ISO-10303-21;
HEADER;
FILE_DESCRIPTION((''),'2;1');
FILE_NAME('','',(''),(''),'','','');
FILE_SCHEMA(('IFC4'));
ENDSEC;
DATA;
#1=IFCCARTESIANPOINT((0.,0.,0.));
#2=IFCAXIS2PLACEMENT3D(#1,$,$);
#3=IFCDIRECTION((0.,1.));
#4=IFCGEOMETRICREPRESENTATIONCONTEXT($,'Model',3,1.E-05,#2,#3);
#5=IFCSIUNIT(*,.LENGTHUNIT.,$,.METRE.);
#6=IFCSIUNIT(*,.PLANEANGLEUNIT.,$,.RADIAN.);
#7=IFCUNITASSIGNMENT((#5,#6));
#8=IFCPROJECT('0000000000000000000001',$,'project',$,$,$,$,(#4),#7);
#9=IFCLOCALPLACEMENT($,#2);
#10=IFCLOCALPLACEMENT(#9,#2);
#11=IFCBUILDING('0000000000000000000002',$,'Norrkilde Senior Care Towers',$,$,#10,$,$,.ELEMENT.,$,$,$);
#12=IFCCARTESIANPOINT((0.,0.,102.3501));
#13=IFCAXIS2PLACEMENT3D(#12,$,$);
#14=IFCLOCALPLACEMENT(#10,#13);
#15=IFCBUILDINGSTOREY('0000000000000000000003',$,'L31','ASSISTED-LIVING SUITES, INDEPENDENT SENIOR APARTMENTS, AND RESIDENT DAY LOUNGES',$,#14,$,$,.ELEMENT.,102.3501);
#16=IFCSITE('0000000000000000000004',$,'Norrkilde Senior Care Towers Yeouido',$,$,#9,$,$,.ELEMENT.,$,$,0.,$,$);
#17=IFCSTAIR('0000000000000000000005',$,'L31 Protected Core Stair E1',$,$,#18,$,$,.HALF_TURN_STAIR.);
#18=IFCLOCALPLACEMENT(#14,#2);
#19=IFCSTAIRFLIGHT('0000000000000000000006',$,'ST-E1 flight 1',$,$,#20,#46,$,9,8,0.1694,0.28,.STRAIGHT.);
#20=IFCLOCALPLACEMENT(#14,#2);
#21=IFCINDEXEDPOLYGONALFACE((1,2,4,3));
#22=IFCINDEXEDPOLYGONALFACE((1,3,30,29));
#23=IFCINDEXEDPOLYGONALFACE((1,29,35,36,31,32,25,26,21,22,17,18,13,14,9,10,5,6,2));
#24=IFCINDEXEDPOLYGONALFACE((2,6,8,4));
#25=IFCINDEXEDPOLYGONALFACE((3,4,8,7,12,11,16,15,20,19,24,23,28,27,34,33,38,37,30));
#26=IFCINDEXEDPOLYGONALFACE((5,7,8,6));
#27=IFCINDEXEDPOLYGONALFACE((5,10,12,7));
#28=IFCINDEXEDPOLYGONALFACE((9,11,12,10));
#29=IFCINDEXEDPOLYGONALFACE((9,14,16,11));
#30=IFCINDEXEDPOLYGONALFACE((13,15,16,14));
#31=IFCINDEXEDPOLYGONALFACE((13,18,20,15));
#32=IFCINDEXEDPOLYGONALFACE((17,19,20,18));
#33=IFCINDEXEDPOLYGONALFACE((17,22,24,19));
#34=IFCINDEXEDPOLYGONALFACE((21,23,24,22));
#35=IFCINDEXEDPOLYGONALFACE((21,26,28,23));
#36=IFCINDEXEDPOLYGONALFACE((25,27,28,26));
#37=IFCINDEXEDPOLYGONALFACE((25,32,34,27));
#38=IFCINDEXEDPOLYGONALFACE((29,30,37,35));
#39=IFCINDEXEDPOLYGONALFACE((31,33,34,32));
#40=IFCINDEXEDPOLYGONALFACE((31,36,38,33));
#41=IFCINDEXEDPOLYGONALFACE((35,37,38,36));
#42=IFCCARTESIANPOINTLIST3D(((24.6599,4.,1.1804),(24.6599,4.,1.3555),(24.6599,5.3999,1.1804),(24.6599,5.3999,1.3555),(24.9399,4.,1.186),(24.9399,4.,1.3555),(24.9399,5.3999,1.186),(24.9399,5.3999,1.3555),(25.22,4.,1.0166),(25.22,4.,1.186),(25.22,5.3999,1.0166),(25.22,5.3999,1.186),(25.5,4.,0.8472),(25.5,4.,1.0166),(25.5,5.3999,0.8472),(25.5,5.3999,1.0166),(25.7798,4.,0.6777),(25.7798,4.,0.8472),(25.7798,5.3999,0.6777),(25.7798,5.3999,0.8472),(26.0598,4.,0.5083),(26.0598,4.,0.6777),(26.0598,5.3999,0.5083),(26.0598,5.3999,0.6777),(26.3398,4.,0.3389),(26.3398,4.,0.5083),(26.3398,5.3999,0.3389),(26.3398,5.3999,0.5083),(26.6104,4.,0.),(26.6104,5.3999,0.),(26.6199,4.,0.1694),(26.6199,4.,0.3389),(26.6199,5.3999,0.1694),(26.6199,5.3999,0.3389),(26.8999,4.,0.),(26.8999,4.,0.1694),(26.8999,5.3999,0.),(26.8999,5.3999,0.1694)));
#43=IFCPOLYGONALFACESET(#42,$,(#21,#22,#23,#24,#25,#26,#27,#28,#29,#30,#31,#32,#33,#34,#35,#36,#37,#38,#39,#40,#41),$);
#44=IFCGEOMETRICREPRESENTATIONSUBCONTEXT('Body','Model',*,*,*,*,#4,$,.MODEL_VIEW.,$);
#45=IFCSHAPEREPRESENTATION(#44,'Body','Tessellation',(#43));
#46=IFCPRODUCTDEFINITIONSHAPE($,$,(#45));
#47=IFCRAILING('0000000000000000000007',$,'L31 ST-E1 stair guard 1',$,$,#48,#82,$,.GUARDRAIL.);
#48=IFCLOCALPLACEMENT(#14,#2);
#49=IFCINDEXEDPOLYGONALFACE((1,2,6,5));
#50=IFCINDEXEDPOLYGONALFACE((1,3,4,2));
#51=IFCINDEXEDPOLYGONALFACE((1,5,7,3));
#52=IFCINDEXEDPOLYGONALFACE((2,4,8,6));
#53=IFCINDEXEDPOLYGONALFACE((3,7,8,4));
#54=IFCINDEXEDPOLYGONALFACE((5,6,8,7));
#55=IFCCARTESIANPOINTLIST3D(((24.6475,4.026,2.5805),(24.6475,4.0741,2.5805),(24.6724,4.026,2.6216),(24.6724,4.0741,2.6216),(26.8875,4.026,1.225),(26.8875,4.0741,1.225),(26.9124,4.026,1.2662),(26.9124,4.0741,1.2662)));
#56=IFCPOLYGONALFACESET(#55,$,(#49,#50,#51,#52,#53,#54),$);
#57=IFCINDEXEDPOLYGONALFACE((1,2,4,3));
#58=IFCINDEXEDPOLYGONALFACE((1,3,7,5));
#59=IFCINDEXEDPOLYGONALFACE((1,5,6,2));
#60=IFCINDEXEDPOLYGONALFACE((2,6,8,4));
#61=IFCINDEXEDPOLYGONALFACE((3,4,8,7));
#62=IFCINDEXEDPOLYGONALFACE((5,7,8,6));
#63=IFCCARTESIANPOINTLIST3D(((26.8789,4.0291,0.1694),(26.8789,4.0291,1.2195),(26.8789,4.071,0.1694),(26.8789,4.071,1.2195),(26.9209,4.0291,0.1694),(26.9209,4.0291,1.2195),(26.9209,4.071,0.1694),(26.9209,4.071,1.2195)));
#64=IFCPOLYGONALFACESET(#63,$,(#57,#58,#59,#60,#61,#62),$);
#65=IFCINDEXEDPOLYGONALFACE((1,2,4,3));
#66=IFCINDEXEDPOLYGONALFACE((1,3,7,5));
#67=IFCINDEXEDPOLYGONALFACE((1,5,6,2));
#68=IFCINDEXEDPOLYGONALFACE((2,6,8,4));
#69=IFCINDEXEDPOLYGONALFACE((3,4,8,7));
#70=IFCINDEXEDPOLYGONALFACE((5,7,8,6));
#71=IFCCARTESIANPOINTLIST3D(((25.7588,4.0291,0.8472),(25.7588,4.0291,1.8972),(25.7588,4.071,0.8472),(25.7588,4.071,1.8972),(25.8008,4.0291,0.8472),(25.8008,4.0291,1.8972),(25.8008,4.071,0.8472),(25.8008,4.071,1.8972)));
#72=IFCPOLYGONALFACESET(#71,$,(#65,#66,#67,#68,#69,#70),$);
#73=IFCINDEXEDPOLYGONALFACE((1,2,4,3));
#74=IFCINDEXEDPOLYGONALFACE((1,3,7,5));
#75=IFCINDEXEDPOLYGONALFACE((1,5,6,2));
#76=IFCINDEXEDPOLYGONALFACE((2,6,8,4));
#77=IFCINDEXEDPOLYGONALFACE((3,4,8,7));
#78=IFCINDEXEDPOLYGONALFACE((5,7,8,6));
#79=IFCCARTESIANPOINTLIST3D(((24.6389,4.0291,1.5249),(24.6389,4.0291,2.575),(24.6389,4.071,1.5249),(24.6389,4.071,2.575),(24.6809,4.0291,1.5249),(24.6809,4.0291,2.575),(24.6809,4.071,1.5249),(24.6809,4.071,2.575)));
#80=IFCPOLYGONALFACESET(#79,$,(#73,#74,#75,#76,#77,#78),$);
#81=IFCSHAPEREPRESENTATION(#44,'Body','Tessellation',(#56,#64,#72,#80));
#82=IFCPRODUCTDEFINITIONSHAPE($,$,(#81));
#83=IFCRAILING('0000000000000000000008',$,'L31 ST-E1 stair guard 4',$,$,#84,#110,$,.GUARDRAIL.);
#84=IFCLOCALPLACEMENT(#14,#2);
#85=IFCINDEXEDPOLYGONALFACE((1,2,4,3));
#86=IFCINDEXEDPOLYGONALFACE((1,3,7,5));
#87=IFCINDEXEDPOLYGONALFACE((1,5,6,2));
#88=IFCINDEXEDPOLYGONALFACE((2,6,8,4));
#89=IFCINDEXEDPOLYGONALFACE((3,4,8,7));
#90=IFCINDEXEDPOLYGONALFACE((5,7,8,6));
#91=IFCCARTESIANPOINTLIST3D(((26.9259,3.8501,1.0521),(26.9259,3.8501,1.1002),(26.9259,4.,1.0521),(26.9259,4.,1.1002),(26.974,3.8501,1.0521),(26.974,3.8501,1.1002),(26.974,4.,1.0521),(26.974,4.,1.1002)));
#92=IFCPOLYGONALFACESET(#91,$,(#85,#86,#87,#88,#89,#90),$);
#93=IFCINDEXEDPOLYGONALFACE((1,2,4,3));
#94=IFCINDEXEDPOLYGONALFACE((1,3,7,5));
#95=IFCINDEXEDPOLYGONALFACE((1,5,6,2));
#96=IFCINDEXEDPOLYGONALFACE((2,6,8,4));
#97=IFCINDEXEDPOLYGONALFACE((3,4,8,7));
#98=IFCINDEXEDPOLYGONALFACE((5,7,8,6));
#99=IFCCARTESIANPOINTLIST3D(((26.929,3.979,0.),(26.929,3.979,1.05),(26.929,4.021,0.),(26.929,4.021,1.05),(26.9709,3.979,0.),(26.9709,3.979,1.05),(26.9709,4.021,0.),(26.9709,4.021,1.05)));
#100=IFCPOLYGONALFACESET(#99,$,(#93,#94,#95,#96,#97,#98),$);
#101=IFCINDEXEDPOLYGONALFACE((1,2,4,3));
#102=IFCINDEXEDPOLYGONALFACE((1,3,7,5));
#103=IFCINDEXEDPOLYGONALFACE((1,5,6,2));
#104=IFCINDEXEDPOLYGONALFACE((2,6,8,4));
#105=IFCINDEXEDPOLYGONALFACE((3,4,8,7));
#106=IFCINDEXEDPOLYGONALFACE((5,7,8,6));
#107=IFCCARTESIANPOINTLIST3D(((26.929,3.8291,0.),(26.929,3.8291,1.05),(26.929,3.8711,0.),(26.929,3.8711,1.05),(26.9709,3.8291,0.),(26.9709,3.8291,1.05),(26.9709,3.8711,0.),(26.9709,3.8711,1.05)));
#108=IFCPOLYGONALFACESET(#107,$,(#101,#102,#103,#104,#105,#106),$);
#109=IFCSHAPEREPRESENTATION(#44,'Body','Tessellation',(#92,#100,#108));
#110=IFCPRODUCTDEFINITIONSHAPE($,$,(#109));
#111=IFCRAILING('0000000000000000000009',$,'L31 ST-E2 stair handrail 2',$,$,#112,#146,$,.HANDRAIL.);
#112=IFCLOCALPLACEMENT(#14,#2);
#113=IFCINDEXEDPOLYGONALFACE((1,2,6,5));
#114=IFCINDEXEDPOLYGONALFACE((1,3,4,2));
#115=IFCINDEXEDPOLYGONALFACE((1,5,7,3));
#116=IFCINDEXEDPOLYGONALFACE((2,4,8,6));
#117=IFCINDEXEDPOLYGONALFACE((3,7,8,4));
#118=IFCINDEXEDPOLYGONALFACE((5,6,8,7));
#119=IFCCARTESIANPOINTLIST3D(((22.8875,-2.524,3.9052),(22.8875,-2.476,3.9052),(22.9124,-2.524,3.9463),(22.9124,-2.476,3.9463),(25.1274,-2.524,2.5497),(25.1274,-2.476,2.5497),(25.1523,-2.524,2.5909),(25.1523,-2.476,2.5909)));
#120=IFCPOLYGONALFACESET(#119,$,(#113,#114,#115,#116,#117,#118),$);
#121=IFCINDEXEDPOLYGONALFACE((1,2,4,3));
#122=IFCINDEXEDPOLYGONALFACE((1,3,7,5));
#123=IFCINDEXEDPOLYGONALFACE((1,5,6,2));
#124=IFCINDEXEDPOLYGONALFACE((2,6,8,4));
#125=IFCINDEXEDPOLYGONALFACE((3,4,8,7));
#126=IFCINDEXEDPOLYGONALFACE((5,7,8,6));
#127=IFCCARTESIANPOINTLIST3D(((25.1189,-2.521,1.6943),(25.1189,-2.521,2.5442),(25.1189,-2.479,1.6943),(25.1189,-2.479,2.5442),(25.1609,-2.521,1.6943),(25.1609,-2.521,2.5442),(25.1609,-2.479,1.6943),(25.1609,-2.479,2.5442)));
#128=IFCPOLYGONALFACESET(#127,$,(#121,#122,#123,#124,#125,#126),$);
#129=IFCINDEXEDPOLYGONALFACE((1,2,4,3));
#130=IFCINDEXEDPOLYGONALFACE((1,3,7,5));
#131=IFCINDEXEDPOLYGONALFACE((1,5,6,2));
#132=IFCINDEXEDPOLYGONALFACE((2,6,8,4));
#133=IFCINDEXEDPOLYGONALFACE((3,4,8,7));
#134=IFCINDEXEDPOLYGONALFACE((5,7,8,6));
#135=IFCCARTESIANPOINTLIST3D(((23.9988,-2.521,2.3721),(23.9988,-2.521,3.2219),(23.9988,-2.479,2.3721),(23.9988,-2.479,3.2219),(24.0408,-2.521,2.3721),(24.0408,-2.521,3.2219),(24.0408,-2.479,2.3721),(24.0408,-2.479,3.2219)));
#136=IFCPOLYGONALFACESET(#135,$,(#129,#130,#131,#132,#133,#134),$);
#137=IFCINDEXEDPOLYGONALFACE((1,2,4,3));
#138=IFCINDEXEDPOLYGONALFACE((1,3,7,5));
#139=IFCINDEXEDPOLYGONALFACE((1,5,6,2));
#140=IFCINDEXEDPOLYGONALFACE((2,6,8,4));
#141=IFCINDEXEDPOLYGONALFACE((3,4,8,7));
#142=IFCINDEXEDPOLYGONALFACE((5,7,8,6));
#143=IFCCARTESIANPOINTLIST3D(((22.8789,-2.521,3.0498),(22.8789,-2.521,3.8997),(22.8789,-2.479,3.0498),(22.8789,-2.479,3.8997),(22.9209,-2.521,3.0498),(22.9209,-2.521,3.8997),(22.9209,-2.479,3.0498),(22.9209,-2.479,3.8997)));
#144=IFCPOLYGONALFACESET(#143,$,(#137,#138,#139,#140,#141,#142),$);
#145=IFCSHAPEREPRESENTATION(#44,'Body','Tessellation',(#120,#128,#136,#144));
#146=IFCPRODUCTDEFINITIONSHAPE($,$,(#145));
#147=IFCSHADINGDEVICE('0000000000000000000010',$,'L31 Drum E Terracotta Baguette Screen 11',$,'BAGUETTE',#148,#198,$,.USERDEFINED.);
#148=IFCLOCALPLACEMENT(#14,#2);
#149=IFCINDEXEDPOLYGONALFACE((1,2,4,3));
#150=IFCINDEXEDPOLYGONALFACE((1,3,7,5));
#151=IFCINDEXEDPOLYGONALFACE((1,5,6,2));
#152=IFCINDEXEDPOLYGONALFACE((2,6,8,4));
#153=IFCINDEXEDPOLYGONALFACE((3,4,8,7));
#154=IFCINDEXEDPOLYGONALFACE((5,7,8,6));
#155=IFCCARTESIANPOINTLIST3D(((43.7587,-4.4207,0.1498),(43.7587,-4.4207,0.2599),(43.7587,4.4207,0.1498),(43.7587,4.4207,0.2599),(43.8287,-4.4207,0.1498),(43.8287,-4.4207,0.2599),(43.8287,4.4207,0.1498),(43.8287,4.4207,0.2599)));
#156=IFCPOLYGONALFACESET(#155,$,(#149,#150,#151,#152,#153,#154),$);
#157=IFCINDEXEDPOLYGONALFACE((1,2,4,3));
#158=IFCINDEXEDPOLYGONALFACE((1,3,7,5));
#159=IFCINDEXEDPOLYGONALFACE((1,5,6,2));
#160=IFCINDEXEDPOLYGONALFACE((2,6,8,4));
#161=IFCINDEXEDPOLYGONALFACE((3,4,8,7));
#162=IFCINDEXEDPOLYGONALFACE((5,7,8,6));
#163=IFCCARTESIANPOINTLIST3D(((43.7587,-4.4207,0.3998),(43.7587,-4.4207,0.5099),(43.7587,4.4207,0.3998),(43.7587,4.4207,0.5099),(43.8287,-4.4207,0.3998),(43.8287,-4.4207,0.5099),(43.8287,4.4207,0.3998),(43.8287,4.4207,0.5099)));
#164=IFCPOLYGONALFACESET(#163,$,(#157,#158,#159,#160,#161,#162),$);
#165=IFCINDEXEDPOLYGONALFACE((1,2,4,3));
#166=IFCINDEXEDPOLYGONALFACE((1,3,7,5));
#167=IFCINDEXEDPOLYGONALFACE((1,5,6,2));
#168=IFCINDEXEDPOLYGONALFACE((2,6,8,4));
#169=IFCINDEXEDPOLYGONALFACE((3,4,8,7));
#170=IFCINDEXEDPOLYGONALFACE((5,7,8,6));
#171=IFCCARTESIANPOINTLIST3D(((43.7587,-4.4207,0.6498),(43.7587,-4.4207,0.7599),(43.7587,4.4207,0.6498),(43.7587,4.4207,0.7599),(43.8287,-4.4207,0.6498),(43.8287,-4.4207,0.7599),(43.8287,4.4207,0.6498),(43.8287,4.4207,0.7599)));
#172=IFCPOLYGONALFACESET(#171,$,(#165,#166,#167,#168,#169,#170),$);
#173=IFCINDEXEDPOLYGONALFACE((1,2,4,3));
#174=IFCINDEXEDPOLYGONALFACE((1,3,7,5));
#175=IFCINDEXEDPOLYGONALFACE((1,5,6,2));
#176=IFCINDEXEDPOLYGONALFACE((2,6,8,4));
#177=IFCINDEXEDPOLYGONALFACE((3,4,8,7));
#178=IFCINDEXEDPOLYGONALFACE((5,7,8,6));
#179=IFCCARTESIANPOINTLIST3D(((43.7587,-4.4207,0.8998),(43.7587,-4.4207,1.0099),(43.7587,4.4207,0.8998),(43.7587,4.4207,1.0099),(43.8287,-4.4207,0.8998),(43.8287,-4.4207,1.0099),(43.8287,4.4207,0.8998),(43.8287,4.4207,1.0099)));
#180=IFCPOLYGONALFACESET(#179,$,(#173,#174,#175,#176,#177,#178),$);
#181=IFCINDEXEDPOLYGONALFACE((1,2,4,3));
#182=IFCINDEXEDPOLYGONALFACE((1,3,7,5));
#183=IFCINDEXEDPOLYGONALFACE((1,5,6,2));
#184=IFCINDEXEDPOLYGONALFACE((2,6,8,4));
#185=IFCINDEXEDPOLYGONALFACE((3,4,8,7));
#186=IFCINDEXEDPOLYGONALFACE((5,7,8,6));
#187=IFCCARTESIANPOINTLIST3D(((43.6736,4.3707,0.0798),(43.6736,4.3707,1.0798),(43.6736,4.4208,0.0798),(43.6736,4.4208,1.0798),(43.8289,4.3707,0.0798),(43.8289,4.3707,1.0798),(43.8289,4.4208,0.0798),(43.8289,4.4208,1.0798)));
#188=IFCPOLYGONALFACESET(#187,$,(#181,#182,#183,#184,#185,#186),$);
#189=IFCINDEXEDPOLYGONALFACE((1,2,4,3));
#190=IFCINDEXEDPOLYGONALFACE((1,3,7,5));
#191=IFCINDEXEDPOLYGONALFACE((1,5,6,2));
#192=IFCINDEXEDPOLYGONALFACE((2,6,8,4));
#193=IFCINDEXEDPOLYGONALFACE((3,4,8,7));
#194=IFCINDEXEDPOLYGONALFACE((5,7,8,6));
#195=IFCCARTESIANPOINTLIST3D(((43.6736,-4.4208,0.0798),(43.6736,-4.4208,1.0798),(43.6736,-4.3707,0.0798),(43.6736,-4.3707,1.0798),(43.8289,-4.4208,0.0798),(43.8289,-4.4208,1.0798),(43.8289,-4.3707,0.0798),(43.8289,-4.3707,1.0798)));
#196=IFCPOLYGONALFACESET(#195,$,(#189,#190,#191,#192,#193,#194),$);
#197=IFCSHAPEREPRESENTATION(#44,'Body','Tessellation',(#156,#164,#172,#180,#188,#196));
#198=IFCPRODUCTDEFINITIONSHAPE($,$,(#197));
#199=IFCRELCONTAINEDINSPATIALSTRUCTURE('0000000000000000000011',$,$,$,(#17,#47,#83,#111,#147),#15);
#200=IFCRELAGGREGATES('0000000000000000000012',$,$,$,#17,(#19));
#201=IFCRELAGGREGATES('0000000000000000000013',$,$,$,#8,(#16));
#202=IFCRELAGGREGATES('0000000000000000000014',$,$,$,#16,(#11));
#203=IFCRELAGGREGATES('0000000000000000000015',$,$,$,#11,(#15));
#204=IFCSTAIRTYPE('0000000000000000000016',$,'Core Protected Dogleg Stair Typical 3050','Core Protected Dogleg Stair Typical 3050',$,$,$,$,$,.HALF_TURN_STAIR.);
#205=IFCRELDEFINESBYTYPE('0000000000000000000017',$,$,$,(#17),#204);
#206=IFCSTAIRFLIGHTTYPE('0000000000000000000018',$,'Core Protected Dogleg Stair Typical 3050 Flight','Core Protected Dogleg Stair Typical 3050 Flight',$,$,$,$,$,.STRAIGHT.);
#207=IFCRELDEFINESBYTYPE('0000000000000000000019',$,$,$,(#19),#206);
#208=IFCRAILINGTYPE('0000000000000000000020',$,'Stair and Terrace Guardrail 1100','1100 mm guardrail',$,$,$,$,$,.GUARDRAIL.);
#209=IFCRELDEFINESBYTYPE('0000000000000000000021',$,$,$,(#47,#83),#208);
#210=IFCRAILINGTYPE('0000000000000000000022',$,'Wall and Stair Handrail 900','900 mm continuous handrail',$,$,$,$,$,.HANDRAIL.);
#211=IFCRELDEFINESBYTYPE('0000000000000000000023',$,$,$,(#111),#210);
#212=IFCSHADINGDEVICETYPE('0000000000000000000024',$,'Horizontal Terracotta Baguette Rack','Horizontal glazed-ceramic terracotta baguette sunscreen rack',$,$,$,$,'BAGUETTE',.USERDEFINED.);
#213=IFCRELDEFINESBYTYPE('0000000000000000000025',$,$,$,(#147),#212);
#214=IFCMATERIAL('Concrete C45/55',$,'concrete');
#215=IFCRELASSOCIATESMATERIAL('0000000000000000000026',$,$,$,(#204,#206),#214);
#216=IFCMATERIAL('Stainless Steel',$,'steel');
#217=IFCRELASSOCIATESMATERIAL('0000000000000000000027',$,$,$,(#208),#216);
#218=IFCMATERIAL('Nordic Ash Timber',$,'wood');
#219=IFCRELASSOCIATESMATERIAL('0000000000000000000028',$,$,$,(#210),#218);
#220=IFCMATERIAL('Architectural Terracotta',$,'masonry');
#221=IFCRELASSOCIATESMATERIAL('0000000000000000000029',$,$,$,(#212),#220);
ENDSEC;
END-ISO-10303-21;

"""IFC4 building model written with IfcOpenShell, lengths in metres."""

from ifc_helpers import new_model, si_unit, direction, frame, origin, origin_2d, place, context, subcontext, project, spatial, polyline, rectangle, outline, extrude, source, transform, mapped, material, type_object, type_shapes, element, aggregate, save


model = new_model("IFC4")

# Units and contexts
model_context = context("Model", 3, precision=1e-05, world=origin(), true_north=direction((0.0, 1.0)))
body_context = subcontext(model_context, "Body", "Model", "MODEL_VIEW")
ifc_project = project(units=[si_unit("LENGTHUNIT", "METRE"), si_unit("PLANEANGLEUNIT", "RADIAN")], contexts=[model_context])

# Site, building, storey
site_placement = place(None, origin())
site = spatial("IfcSite", under=ifc_project, at=site_placement, Name="Norrkilde Senior Care Towers Yeouido", CompositionType="ELEMENT", RefElevation=0.0)
building_placement = place(site_placement, origin())
building = spatial("IfcBuilding", under=site, at=building_placement, Name="Norrkilde Senior Care Towers", CompositionType="ELEMENT")
storey_placement = place(building_placement, frame((0.0, 0.0, 102.3501)))
storey = spatial("IfcBuildingStorey", under=building, at=storey_placement, Name="L31", Description="ASSISTED-LIVING SUITES, INDEPENDENT SENIOR APARTMENTS, AND RESIDENT DAY LOUNGES", CompositionType="ELEMENT", Elevation=102.3501)

# Shared definitions
ifc_material_1 = material(Name="Concrete C45/55", Category="concrete")
ifc_material_2 = material(Name="Stainless Steel", Category="steel")

# Shared definitions
ifc_material_3 = material(Name="Nordic Ash Timber", Category="wood")

# Stair, stair flight
stair_type = type_object("IfcStairType", Name="Core Protected Dogleg Stair Typical 3050", Description="Core Protected Dogleg Stair Typical 3050", PredefinedType="HALF_TURN_STAIR", material=ifc_material_1)
stair_placement = place(storey_placement, origin())
stair = element("IfcStair", 1, at=stair_placement, inside=storey, type_object=stair_type, Name="L31 Protected Core Stair E1", PredefinedType="HALF_TURN_STAIR")
stair_flight_type = type_object("IfcStairFlightType", Name="Core Protected Dogleg Stair Typical 3050 Flight", Description="Core Protected Dogleg Stair Typical 3050 Flight", PredefinedType="STRAIGHT", material=ifc_material_1)
stair_flight_placement = place(storey_placement, frame((26.8999, 4.7, 0.0), z_axis=(0.0, 0.0, 1.0), x_axis=(-1.0, 0.0, 0.0)))
stair_flight = element("IfcStairFlight", 2, at=stair_flight_placement, type_object=stair_flight_type, Name="ST-E1 flight 1", NumberOfRisers=9, NumberOfTreads=8, PredefinedType="STRAIGHT", RiserHeight=0.1694, TreadLength=0.28, context=body_context, shape_type="SweptSolid", body=[
    extrude(outline(polyline([(0.0, 0.0), (0.0, 0.1694), (0.28, 0.1694), (0.28, 0.3389), (0.5601, 0.3389), (0.5601, 0.5083), (0.8401, 0.5083), (0.8401, 0.6777), (1.1201, 0.6777), (1.1201, 0.8472), (1.3999, 0.8472), (1.3999, 1.0166), (1.6799, 1.0166), (1.6799, 1.186), (1.96, 1.186), (1.96, 1.3555), (2.24, 1.3555), (2.24, 1.5249), (2.24, 1.1804), (0.2896, 0.0), (0.0, 0.0)])), frame((0.0, 0.7, 0.0), z_axis=(0.0, -1.0, 0.0), x_axis=(1.0, 0.0, 0.0)), (0.0, 0.0, 1.0), 1.3999),
])
aggregate(stair, [stair_flight])

# Railings
railing_type_1 = type_object("IfcRailingType", Name="Stair and Terrace Guardrail 1100", Description="1100 mm guardrail", PredefinedType="GUARDRAIL", material=ifc_material_2)
railing_1_placement = place(storey_placement, frame((26.8999, 4.05, 0.1694)))
element("IfcRailing", 3, at=railing_1_placement, inside=storey, type_object=railing_type_1, Name="L31 ST-E1 stair guard 1", PredefinedType="GUARDRAIL", context=body_context, shape_type="SweptSolid", body=[
    extrude(rectangle(XDim=0.0481, YDim=0.0481, at=origin_2d()), frame((0.0, 0.0, 1.0762), z_axis=(-0.855553, 0.0, 0.517715), x_axis=(0.0, -1.0, 0.0)), (0.0, 0.0, 1.0), 2.6182),
    extrude(rectangle(XDim=0.042, YDim=0.042, at=origin_2d()), origin(), (0.0, 0.0, 1.0), 1.05),
    extrude(rectangle(XDim=0.042, YDim=0.042, at=origin_2d()), frame((-1.1201, 0.0, 0.6777)), (0.0, 0.0, 1.0), 1.05),
    extrude(rectangle(XDim=0.042, YDim=0.042, at=origin_2d()), frame((-2.24, 0.0, 1.3555)), (0.0, 0.0, 1.0), 1.05),
])
railing_2_placement = place(storey_placement, frame((26.95, 4.0, 0.0)))
element("IfcRailing", 4, at=railing_2_placement, inside=storey, type_object=railing_type_1, Name="L31 ST-E1 stair guard 4", PredefinedType="GUARDRAIL", context=body_context, shape_type="SweptSolid", body=[
    extrude(rectangle(XDim=0.0481, YDim=0.0481, at=origin_2d()), frame((0.0, 0.0, 1.0762), z_axis=(0.0, -1.0, 0.0), x_axis=(1.0, 0.0, 0.0)), (0.0, 0.0, 1.0), 0.1499),
    extrude(rectangle(XDim=0.042, YDim=0.042, at=origin_2d()), origin(), (0.0, 0.0, 1.0), 1.05),
    extrude(rectangle(XDim=0.042, YDim=0.042, at=origin_2d()), frame((0.0, -0.1499, 0.0)), (0.0, 0.0, 1.0), 1.05),
])
railing_type_2 = type_object("IfcRailingType", Name="Wall and Stair Handrail 900", Description="900 mm continuous handrail", PredefinedType="HANDRAIL", material=ifc_material_3)
railing_3_placement = place(storey_placement, frame((25.1399, -2.5, 1.6943)))
element("IfcRailing", 5, at=railing_3_placement, inside=storey, type_object=railing_type_2, Name="L31 ST-E2 stair handrail 2", PredefinedType="HANDRAIL", context=body_context, shape_type="SweptSolid", body=[
    extrude(rectangle(XDim=0.0481, YDim=0.0481, at=origin_2d()), frame((0.0, 0.0, 0.876), z_axis=(-0.855553, 0.0, 0.517715), x_axis=(0.0, -1.0, 0.0)), (0.0, 0.0, 1.0), 2.6182),
    extrude(rectangle(XDim=0.042, YDim=0.042, at=origin_2d()), origin(), (0.0, 0.0, 1.0), 0.8499),
    extrude(rectangle(XDim=0.042, YDim=0.042, at=origin_2d()), frame((-1.1201, 0.0, 0.6777)), (0.0, 0.0, 1.0), 0.8499),
    extrude(rectangle(XDim=0.042, YDim=0.042, at=origin_2d()), frame((-2.24, 0.0, 1.3555)), (0.0, 0.0, 1.0), 0.8499),
])

# Shading device
ifc_material_4 = material(Name="Architectural Terracotta", Category="masonry")
shading_device_type = type_object("IfcShadingDeviceType", Name="Horizontal Terracotta Baguette Rack", Description="Horizontal glazed-ceramic terracotta baguette sunscreen rack", ElementType="BAGUETTE", PredefinedType="USERDEFINED", material=ifc_material_4)
shared_shape_1 = source(origin(), body_context, "Body", "SweptSolid", [
    extrude(rectangle(XDim=0.0701, YDim=0.1101, at=origin_2d()), frame((0.0, 0.0901, 0.125), z_axis=(1.0, 0.0, 0.0), x_axis=(0.0, 1.0, 0.0)), (0.0, 0.0, 1.0), 8.8413),
    extrude(rectangle(XDim=0.0701, YDim=0.1101, at=origin_2d()), frame((0.0, 0.0901, 0.375), z_axis=(1.0, 0.0, 0.0), x_axis=(0.0, 1.0, 0.0)), (0.0, 0.0, 1.0), 8.8413),
    extrude(rectangle(XDim=0.0701, YDim=0.1101, at=origin_2d()), frame((0.0, 0.0901, 0.625), z_axis=(1.0, 0.0, 0.0), x_axis=(0.0, 1.0, 0.0)), (0.0, 0.0, 1.0), 8.8413),
    extrude(rectangle(XDim=0.0701, YDim=0.1101, at=origin_2d()), frame((0.0, 0.0901, 0.875), z_axis=(1.0, 0.0, 0.0), x_axis=(0.0, 1.0, 0.0)), (0.0, 0.0, 1.0), 8.8413),
    extrude(rectangle(XDim=0.05, YDim=0.1553, at=origin_2d()), frame((0.0249, 0.0476, 0.0)), (0.0, 0.0, 1.0), 1.0),
    extrude(rectangle(XDim=0.05, YDim=0.1553, at=origin_2d()), frame((8.8164, 0.0476, 0.0)), (0.0, 0.0, 1.0), 1.0),
])
type_shapes(shading_device_type, [shared_shape_1])
shading_device_placement = place(storey_placement, frame((43.7036, 4.4207, 0.0798), z_axis=(0.0, 0.0, 1.0), x_axis=(0.0, -1.0, 0.0)))
element("IfcShadingDevice", 6, at=shading_device_placement, inside=storey, type_object=shading_device_type, Name="L31 Drum E Terracotta Baguette Screen 11", ObjectType="BAGUETTE", PredefinedType="USERDEFINED", context=body_context, shape_type="MappedRepresentation", body=[
    mapped(shared_shape_1, transform((0.0, 0.0, 0.0), x_axis=(1.0, 0.0, 0.0), y_axis=(0.0, 1.0, 0.0), z_axis=(0.0, 0.0, 1.0), scale=1.0)),
])

save(model, "model.ifc")
